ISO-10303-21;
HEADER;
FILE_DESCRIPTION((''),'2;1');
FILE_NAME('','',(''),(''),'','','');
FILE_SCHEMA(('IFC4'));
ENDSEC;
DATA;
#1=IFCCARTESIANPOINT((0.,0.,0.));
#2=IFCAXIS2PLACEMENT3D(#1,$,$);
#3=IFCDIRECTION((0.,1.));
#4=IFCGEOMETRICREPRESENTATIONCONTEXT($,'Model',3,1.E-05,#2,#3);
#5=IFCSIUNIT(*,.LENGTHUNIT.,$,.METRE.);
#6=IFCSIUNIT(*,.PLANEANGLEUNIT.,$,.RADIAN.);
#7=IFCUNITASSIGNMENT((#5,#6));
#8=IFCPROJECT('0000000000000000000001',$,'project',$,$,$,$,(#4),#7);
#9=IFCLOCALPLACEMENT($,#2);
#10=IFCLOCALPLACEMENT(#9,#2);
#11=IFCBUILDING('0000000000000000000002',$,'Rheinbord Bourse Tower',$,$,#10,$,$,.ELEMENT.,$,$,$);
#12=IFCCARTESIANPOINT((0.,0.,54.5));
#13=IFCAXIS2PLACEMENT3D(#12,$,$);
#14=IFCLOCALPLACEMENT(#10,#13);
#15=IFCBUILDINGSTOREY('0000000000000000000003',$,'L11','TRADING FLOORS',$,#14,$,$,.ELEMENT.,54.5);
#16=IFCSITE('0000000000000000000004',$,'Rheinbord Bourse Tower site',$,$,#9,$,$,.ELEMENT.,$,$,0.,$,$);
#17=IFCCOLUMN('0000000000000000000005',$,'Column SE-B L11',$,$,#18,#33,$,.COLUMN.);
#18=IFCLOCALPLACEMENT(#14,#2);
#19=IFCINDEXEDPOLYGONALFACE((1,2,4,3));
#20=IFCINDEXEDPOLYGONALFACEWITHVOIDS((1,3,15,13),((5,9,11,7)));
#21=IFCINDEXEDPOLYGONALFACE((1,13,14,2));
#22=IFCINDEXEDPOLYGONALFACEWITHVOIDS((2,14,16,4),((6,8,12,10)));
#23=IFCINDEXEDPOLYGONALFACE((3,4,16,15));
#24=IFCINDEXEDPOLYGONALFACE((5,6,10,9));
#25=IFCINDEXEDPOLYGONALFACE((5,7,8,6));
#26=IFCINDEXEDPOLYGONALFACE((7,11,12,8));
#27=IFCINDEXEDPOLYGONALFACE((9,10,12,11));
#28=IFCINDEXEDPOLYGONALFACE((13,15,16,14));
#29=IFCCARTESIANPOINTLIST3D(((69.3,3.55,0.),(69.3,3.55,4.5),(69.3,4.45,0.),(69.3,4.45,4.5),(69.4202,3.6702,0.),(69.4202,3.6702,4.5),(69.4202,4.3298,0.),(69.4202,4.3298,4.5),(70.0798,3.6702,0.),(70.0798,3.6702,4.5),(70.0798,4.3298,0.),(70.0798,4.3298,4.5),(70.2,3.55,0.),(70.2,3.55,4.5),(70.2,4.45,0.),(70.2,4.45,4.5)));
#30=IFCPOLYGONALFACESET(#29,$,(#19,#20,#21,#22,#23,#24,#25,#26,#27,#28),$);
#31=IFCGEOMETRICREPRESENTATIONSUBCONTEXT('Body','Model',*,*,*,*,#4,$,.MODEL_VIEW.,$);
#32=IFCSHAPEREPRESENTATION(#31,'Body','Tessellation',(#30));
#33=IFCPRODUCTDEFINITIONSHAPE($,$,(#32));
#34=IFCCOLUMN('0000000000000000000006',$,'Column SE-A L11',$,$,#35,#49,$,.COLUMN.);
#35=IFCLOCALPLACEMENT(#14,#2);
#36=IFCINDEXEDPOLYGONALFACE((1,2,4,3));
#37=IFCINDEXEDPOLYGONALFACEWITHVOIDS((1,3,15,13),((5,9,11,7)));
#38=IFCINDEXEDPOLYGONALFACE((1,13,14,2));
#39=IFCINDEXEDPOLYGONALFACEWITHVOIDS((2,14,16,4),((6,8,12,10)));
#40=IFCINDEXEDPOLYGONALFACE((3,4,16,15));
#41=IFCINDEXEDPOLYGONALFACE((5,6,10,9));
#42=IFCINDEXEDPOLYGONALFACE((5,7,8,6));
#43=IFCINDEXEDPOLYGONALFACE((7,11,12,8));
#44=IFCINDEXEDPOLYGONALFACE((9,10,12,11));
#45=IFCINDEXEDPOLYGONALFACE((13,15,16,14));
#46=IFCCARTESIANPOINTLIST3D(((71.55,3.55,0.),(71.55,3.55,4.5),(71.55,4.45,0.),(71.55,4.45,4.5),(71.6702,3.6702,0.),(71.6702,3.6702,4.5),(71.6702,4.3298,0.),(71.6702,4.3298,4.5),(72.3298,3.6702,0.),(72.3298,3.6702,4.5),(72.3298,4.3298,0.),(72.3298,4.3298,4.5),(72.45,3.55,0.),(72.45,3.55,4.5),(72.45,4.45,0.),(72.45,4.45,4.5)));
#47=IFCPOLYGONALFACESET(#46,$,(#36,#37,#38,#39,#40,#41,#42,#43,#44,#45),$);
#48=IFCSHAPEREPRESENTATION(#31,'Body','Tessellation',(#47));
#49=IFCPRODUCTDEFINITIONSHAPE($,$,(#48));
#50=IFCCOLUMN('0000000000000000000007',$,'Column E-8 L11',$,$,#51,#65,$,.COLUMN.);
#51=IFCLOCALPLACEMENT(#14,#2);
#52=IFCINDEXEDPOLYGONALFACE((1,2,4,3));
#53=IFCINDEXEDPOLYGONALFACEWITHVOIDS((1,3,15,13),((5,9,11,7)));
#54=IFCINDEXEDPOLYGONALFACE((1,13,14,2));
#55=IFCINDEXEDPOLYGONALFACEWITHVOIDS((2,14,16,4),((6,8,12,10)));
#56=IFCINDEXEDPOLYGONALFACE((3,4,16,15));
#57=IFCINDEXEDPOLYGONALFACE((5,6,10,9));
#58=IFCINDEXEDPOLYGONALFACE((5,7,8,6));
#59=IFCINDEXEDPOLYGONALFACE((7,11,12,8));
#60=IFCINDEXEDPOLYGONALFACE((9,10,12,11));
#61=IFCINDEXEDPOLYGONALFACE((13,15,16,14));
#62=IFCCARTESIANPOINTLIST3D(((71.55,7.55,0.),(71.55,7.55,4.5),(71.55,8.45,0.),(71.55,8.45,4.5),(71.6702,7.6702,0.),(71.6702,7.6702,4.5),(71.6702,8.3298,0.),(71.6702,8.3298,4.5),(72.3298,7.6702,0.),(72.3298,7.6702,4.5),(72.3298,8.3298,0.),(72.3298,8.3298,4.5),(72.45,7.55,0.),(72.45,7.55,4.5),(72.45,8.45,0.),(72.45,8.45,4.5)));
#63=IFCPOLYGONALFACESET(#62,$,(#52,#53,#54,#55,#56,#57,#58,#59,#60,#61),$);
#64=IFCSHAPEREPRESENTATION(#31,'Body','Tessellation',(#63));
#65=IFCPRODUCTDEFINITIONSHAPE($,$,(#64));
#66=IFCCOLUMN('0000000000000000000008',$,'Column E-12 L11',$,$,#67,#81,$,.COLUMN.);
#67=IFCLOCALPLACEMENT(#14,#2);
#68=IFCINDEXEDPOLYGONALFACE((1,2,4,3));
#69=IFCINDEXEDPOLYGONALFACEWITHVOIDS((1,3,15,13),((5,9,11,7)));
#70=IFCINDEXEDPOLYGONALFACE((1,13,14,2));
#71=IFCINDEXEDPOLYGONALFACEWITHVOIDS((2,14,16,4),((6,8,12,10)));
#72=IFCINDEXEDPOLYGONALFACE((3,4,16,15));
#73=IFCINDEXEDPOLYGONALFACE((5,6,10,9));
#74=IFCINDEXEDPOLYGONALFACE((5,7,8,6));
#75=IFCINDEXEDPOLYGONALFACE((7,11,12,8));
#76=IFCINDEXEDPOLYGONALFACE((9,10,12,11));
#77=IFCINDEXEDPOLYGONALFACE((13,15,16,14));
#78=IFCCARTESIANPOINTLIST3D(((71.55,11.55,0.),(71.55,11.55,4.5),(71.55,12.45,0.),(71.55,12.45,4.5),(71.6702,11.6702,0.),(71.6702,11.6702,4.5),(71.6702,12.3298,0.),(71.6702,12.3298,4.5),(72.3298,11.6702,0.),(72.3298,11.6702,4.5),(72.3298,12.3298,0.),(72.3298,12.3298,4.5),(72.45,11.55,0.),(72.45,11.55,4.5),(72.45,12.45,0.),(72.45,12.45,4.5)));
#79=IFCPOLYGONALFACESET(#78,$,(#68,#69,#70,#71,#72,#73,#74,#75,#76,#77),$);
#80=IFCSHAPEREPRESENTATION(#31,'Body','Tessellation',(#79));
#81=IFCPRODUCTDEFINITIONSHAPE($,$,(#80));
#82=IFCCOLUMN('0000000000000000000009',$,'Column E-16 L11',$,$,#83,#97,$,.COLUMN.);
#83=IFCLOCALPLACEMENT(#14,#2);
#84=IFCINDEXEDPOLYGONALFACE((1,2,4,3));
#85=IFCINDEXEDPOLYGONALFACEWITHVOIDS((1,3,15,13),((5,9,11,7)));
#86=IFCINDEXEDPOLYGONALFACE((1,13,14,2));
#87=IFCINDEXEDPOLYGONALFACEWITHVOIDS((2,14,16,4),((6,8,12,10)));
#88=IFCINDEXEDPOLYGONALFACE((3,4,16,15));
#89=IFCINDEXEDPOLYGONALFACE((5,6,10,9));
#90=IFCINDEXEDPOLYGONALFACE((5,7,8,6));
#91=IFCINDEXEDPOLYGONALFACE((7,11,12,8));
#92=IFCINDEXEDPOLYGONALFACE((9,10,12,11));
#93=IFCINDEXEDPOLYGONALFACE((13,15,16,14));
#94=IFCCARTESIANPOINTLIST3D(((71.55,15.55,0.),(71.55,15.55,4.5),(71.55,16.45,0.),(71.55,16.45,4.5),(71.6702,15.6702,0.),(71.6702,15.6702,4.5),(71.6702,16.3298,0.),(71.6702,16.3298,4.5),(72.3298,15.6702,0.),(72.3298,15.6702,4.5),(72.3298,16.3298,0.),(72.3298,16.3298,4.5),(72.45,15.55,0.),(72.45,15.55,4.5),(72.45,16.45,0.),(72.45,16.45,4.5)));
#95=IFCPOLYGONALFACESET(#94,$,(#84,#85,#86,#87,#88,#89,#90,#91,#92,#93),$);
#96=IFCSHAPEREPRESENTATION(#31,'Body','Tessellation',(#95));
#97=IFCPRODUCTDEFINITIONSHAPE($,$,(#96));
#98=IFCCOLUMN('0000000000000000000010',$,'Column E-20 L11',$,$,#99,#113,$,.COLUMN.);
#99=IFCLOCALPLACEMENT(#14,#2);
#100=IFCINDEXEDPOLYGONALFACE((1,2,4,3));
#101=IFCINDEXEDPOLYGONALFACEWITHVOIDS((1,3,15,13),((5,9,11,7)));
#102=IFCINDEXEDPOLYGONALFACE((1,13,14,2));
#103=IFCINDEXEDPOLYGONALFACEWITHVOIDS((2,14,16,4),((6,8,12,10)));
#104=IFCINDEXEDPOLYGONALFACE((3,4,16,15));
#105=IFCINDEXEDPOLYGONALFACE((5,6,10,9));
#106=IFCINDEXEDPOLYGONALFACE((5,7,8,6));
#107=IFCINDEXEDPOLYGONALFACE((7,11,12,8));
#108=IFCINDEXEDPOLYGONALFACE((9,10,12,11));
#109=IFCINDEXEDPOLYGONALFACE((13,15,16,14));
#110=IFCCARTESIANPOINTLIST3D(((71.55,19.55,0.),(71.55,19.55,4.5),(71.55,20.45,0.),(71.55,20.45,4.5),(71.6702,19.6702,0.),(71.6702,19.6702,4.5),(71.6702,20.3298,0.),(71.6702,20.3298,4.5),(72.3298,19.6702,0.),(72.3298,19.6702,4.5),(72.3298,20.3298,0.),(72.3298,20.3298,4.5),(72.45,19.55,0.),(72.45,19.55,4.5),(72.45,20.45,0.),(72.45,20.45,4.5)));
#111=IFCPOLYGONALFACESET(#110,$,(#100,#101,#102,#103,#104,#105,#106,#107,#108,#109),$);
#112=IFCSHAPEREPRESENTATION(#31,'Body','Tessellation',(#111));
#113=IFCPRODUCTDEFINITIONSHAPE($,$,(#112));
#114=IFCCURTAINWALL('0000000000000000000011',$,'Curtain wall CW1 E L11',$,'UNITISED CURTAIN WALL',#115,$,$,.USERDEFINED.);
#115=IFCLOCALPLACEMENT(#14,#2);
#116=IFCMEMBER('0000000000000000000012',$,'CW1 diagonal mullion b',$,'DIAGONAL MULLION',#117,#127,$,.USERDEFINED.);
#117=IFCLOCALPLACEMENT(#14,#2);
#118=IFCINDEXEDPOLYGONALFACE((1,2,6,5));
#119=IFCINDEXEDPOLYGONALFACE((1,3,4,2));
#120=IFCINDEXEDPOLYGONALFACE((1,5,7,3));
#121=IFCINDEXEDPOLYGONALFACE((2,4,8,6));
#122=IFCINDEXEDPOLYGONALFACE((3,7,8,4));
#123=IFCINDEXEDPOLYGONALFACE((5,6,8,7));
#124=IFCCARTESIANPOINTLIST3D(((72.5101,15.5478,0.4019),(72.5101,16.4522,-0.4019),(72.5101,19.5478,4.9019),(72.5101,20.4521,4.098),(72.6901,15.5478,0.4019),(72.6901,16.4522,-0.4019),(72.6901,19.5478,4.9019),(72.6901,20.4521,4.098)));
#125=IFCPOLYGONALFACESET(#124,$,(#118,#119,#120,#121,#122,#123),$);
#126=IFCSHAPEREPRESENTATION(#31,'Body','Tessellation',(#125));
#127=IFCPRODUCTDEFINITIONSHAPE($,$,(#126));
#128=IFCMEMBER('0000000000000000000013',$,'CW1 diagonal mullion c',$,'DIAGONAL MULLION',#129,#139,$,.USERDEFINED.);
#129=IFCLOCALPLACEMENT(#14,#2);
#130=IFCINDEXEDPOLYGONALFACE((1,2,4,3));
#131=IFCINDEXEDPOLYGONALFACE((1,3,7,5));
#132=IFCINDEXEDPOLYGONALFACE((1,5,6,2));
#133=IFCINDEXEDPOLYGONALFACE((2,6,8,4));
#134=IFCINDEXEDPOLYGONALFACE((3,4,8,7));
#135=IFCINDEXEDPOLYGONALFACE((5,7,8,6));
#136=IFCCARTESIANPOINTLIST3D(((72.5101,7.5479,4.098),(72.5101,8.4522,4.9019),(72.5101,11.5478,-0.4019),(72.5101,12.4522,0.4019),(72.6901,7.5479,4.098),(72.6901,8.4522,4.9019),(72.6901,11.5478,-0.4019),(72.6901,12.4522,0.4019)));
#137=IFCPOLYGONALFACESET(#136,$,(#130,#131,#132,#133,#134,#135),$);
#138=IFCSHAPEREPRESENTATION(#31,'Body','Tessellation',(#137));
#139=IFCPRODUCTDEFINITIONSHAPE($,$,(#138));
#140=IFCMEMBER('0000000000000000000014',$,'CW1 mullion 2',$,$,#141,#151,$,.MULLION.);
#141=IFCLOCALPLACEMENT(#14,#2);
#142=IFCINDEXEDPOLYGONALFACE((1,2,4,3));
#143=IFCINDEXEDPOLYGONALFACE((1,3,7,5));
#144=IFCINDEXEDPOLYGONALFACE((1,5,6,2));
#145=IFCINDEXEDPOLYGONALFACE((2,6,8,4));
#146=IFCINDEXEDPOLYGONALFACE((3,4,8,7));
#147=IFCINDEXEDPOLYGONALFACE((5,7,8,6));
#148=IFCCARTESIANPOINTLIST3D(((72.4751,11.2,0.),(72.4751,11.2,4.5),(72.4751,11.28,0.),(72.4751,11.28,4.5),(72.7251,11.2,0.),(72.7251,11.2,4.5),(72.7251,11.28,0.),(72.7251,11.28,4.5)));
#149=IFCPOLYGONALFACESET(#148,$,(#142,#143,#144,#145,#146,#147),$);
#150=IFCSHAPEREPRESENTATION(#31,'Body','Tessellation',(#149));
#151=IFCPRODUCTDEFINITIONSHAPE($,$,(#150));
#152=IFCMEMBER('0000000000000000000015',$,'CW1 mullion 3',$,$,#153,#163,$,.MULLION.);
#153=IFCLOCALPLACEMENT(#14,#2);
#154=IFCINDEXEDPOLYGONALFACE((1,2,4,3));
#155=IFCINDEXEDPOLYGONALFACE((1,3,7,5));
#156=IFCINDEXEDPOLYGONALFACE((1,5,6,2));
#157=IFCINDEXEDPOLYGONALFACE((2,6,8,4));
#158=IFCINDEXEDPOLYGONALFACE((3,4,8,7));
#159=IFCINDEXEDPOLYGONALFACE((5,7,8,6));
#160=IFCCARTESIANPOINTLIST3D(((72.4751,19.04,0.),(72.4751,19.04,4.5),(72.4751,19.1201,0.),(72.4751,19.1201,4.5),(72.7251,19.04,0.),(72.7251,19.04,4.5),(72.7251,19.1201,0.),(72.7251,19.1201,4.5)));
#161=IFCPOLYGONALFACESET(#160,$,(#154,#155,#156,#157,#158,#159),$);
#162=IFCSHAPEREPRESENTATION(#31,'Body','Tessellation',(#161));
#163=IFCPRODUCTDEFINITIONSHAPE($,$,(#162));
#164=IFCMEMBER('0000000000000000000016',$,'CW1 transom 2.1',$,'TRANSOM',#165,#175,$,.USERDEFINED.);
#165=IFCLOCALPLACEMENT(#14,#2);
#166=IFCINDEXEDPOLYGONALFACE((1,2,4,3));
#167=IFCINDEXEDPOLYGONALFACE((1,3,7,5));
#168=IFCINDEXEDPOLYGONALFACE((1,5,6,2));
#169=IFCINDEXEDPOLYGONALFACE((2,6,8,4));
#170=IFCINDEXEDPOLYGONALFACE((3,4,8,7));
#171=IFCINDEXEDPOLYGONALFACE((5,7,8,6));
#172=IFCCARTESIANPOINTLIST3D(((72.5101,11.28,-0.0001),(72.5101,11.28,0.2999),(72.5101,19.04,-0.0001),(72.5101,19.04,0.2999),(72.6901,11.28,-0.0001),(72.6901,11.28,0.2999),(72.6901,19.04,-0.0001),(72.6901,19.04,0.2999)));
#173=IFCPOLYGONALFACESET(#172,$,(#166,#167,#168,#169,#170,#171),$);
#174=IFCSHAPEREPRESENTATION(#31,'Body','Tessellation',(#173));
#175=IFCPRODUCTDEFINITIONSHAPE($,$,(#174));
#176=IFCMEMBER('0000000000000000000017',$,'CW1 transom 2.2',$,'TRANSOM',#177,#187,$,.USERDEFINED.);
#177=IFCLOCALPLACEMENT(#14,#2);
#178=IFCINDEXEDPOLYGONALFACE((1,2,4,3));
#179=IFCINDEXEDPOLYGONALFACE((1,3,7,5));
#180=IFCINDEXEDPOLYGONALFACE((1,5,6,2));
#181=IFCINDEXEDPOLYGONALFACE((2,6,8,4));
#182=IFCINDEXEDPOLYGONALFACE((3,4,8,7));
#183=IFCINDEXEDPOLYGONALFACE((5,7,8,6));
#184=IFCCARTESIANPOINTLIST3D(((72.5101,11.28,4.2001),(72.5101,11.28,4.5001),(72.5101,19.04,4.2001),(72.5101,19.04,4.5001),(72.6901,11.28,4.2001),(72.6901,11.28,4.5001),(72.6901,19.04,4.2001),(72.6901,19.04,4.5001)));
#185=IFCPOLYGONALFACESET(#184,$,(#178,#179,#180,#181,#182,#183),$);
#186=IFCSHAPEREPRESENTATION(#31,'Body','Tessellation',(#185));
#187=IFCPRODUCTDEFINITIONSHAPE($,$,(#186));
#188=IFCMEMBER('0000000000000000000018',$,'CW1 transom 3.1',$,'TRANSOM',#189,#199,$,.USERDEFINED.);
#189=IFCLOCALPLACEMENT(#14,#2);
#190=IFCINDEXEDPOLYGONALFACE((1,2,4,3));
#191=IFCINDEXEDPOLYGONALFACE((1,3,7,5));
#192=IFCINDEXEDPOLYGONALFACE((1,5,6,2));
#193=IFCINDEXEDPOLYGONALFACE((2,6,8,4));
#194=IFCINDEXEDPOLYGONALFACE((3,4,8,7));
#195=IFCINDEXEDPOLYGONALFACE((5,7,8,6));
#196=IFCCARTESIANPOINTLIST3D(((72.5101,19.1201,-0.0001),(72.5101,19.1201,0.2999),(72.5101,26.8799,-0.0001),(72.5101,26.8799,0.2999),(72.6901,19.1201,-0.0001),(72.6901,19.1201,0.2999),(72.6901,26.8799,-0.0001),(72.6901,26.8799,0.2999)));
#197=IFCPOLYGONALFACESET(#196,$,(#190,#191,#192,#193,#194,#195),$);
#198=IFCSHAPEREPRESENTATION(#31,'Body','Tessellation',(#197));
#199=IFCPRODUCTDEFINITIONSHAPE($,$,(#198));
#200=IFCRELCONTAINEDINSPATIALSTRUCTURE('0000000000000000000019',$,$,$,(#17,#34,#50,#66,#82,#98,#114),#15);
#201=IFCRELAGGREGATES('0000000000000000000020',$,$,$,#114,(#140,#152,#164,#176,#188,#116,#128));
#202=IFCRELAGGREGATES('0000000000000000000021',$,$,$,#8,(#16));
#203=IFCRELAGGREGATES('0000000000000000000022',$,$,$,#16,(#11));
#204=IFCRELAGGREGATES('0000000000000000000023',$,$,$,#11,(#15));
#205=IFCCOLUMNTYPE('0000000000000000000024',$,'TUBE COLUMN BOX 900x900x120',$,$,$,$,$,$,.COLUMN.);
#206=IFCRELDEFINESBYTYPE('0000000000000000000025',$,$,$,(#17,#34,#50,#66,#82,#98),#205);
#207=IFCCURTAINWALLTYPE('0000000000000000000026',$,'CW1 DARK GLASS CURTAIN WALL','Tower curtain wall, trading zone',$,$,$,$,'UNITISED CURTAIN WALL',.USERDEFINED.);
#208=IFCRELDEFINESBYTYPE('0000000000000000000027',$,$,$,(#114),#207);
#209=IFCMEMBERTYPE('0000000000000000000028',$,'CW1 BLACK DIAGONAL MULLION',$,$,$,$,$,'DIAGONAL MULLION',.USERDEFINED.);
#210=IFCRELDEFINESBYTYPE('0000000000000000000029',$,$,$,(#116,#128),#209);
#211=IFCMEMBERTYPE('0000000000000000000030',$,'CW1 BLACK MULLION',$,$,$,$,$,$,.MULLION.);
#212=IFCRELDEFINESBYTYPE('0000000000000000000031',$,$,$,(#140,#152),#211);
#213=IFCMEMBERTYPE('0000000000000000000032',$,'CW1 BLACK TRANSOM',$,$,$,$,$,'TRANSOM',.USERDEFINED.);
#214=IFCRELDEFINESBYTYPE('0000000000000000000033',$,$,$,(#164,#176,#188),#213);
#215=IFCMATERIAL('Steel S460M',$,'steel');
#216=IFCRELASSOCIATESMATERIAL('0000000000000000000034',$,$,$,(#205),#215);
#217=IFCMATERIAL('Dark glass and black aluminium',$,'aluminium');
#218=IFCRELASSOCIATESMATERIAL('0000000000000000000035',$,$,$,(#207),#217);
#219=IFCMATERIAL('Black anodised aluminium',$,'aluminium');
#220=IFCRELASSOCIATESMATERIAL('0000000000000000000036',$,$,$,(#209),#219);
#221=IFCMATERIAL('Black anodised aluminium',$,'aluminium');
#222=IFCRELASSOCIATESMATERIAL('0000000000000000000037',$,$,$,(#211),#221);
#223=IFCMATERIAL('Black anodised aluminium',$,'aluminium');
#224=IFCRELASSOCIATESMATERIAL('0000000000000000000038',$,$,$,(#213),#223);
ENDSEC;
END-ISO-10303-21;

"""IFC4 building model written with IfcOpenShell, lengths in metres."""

from ifc_helpers import new_model, si_unit, direction, frame, origin, origin_2d, place, context, subcontext, project, spatial, rectangle, hollow_rectangle, extrude, material, material_profile, profile_set, type_object, element, aggregate, save


model = new_model("IFC4")

# Units and contexts
model_context = context("Model", 3, precision=1e-05, world=origin(), true_north=direction((0.0, 1.0)))
body_context = subcontext(model_context, "Body", "Model", "MODEL_VIEW")
ifc_project = project(units=[si_unit("LENGTHUNIT", "METRE"), si_unit("PLANEANGLEUNIT", "RADIAN")], contexts=[model_context])

# Site, building, storey
site_placement = place(None, origin())
site = spatial("IfcSite", under=ifc_project, at=site_placement, Name="Rheinbord Bourse Tower site", CompositionType="ELEMENT", RefElevation=0.0)
building_placement = place(site_placement, origin())
building = spatial("IfcBuilding", under=site, at=building_placement, Name="Rheinbord Bourse Tower", CompositionType="ELEMENT")
storey_placement = place(building_placement, frame((0.0, 0.0, 54.5)))
storey = spatial("IfcBuildingStorey", under=building, at=storey_placement, Name="L11", Description="TRADING FLOORS", CompositionType="ELEMENT", Elevation=54.5)

# Columns
ifc_material_1 = material(Name="Steel S460M", Category="steel")
ifc_material_profile_1 = material_profile(ifc_material_1, hollow_rectangle(XDim=0.8999, YDim=0.8999, WallThickness=0.1201, at=origin_2d()), Name="BOX 900x900x120")
ifc_profile_set_1 = profile_set([ifc_material_profile_1], Name="Steel S460M")
column_type = type_object("IfcColumnType", Name="TUBE COLUMN BOX 900x900x120", PredefinedType="COLUMN", material=ifc_profile_set_1)
for number, where, z_axis, x_axis, name in (
    (1, (69.75, 4.0, 0.0), (0.0, 0.0, 1.0), (1.0, 0.0, 0.0), "Column SE-B L11"),
    (2, (72.0, 4.0, 0.0), (0.0, 0.0, 1.0), (1.0, 0.0, 0.0), "Column SE-A L11"),
    (3, (72.0, 8.0, 0.0), (0.0, 0.0, 1.0), (1.0, 0.0, 0.0), "Column E-8 L11"),
    (4, (72.0, 12.0, 0.0), (0.0, 0.0, 1.0), (1.0, 0.0, 0.0), "Column E-12 L11"),
    (5, (72.0, 16.0, 0.0), (0.0, 0.0, 1.0), (1.0, 0.0, 0.0), "Column E-16 L11"),
    (6, (72.0, 20.0, 0.0), (0.0, 0.0, 1.0), (1.0, 0.0, 0.0), "Column E-20 L11"),
):
    element("IfcColumn", number, at=place(storey_placement, frame(where, z_axis=z_axis, x_axis=x_axis)), inside=storey, type_object=column_type, Name=name, PredefinedType="COLUMN", context=body_context, shape_type="SweptSolid", body=[
        extrude(hollow_rectangle(XDim=0.8999, YDim=0.8999, WallThickness=0.1201, at=origin_2d()), origin(), (0.0, 0.0, 1.0), 4.5),
    ])

# Curtain wall, members
ifc_material_2 = material(Name="Dark glass and black aluminium", Category="aluminium")
curtain_wall_type = type_object("IfcCurtainWallType", Name="CW1 DARK GLASS CURTAIN WALL", Description="Tower curtain wall, trading zone", ElementType="UNITISED CURTAIN WALL", PredefinedType="USERDEFINED", material=ifc_material_2)
curtain_wall_placement = place(storey_placement, origin())
curtain_wall = element("IfcCurtainWall", 7, at=curtain_wall_placement, inside=storey, type_object=curtain_wall_type, Name="Curtain wall CW1 E L11", ObjectType="UNITISED CURTAIN WALL", PredefinedType="USERDEFINED")
ifc_material_3 = material(Name="Black anodised aluminium", Category="aluminium")
ifc_material_profile_2 = material_profile(ifc_material_3, rectangle(XDim=0.1799, YDim=1.21, at=origin_2d()), Name="CW1 DIAGONAL MULLION 1210x180")
ifc_profile_set_2 = profile_set([ifc_material_profile_2], Name="Black anodised aluminium")
member_type_1 = type_object("IfcMemberType", Name="CW1 BLACK DIAGONAL MULLION", ElementType="DIAGONAL MULLION", PredefinedType="USERDEFINED", material=ifc_profile_set_2)
member_1_placement = place(storey_placement, frame((72.6001, 16.0, 0.0), z_axis=(0.0, 0.664364, 0.747409), x_axis=(-1.0, 0.0, 0.0)))
member_1 = element("IfcMember", 8, at=member_1_placement, type_object=member_type_1, Name="CW1 diagonal mullion b", ObjectType="DIAGONAL MULLION", PredefinedType="USERDEFINED", context=body_context, shape_type="SweptSolid", body=[
    extrude(rectangle(XDim=0.1799, YDim=1.21, at=origin_2d()), origin(), (0.0, 0.0, 1.0), 6.0208),
])
member_2_placement = place(storey_placement, frame((72.6001, 12.0, 0.0), z_axis=(0.0, -0.664364, 0.747409), x_axis=(1.0, 0.0, 0.0)))
member_2 = element("IfcMember", 9, at=member_2_placement, type_object=member_type_1, Name="CW1 diagonal mullion c", ObjectType="DIAGONAL MULLION", PredefinedType="USERDEFINED", context=body_context, shape_type="SweptSolid", body=[
    extrude(rectangle(XDim=0.1799, YDim=1.21, at=origin_2d()), origin(), (0.0, 0.0, 1.0), 6.0208),
])
ifc_material_4 = material(Name="Black anodised aluminium", Category="aluminium")
ifc_material_profile_3 = material_profile(ifc_material_4, rectangle(XDim=0.25, YDim=0.0801, at=origin_2d()), Name="CW1 MULLION 80x250")
ifc_profile_set_3 = profile_set([ifc_material_profile_3], Name="Black anodised aluminium")
member_type_2 = type_object("IfcMemberType", Name="CW1 BLACK MULLION", PredefinedType="MULLION", material=ifc_profile_set_3)
member_3_placement = place(storey_placement, frame((72.6001, 11.24, 0.0), z_axis=(0.0, 0.0, 1.0), x_axis=(-1.0, 0.0, 0.0)))
member_3 = element("IfcMember", 10, at=member_3_placement, type_object=member_type_2, Name="CW1 mullion 2", PredefinedType="MULLION", context=body_context, shape_type="SweptSolid", body=[
    extrude(rectangle(XDim=0.25, YDim=0.0801, at=origin_2d()), origin(), (0.0, 0.0, 1.0), 4.5),
])
member_4_placement = place(storey_placement, frame((72.6001, 19.0801, 0.0), z_axis=(0.0, 0.0, 1.0), x_axis=(-1.0, 0.0, 0.0)))
member_4 = element("IfcMember", 11, at=member_4_placement, type_object=member_type_2, Name="CW1 mullion 3", PredefinedType="MULLION", context=body_context, shape_type="SweptSolid", body=[
    extrude(rectangle(XDim=0.25, YDim=0.0801, at=origin_2d()), origin(), (0.0, 0.0, 1.0), 4.5),
])
ifc_material_5 = material(Name="Black anodised aluminium", Category="aluminium")
ifc_material_profile_4 = material_profile(ifc_material_5, rectangle(XDim=0.1799, YDim=0.3, at=origin_2d()), Name="CW1 TRANSOM 300x180")
ifc_profile_set_4 = profile_set([ifc_material_profile_4], Name="Black anodised aluminium")
member_type_3 = type_object("IfcMemberType", Name="CW1 BLACK TRANSOM", ElementType="TRANSOM", PredefinedType="USERDEFINED", material=ifc_profile_set_4)
member_5_placement = place(storey_placement, frame((72.6001, 11.28, 0.1499), z_axis=(0.0, 1.0, 0.0), x_axis=(-1.0, 0.0, 0.0)))
member_5 = element("IfcMember", 12, at=member_5_placement, type_object=member_type_3, Name="CW1 transom 2.1", ObjectType="TRANSOM", PredefinedType="USERDEFINED", context=body_context, shape_type="SweptSolid", body=[
    extrude(rectangle(XDim=0.1799, YDim=0.3, at=origin_2d()), origin(), (0.0, 0.0, 1.0), 7.76),
])
member_6_placement = place(storey_placement, frame((72.6001, 11.28, 4.3501), z_axis=(0.0, 1.0, 0.0), x_axis=(-1.0, 0.0, 0.0)))
member_6 = element("IfcMember", 13, at=member_6_placement, type_object=member_type_3, Name="CW1 transom 2.2", ObjectType="TRANSOM", PredefinedType="USERDEFINED", context=body_context, shape_type="SweptSolid", body=[
    extrude(rectangle(XDim=0.1799, YDim=0.3, at=origin_2d()), origin(), (0.0, 0.0, 1.0), 7.76),
])
member_7_placement = place(storey_placement, frame((72.6001, 19.1201, 0.1499), z_axis=(0.0, 1.0, 0.0), x_axis=(-1.0, 0.0, 0.0)))
member_7 = element("IfcMember", 14, at=member_7_placement, type_object=member_type_3, Name="CW1 transom 3.1", ObjectType="TRANSOM", PredefinedType="USERDEFINED", context=body_context, shape_type="SweptSolid", body=[
    extrude(rectangle(XDim=0.1799, YDim=0.3, at=origin_2d()), origin(), (0.0, 0.0, 1.0), 7.7598),
])

aggregate(curtain_wall, [member_3, member_4, member_5, member_6, member_7, member_1, member_2])

save(model, "model.ifc")
